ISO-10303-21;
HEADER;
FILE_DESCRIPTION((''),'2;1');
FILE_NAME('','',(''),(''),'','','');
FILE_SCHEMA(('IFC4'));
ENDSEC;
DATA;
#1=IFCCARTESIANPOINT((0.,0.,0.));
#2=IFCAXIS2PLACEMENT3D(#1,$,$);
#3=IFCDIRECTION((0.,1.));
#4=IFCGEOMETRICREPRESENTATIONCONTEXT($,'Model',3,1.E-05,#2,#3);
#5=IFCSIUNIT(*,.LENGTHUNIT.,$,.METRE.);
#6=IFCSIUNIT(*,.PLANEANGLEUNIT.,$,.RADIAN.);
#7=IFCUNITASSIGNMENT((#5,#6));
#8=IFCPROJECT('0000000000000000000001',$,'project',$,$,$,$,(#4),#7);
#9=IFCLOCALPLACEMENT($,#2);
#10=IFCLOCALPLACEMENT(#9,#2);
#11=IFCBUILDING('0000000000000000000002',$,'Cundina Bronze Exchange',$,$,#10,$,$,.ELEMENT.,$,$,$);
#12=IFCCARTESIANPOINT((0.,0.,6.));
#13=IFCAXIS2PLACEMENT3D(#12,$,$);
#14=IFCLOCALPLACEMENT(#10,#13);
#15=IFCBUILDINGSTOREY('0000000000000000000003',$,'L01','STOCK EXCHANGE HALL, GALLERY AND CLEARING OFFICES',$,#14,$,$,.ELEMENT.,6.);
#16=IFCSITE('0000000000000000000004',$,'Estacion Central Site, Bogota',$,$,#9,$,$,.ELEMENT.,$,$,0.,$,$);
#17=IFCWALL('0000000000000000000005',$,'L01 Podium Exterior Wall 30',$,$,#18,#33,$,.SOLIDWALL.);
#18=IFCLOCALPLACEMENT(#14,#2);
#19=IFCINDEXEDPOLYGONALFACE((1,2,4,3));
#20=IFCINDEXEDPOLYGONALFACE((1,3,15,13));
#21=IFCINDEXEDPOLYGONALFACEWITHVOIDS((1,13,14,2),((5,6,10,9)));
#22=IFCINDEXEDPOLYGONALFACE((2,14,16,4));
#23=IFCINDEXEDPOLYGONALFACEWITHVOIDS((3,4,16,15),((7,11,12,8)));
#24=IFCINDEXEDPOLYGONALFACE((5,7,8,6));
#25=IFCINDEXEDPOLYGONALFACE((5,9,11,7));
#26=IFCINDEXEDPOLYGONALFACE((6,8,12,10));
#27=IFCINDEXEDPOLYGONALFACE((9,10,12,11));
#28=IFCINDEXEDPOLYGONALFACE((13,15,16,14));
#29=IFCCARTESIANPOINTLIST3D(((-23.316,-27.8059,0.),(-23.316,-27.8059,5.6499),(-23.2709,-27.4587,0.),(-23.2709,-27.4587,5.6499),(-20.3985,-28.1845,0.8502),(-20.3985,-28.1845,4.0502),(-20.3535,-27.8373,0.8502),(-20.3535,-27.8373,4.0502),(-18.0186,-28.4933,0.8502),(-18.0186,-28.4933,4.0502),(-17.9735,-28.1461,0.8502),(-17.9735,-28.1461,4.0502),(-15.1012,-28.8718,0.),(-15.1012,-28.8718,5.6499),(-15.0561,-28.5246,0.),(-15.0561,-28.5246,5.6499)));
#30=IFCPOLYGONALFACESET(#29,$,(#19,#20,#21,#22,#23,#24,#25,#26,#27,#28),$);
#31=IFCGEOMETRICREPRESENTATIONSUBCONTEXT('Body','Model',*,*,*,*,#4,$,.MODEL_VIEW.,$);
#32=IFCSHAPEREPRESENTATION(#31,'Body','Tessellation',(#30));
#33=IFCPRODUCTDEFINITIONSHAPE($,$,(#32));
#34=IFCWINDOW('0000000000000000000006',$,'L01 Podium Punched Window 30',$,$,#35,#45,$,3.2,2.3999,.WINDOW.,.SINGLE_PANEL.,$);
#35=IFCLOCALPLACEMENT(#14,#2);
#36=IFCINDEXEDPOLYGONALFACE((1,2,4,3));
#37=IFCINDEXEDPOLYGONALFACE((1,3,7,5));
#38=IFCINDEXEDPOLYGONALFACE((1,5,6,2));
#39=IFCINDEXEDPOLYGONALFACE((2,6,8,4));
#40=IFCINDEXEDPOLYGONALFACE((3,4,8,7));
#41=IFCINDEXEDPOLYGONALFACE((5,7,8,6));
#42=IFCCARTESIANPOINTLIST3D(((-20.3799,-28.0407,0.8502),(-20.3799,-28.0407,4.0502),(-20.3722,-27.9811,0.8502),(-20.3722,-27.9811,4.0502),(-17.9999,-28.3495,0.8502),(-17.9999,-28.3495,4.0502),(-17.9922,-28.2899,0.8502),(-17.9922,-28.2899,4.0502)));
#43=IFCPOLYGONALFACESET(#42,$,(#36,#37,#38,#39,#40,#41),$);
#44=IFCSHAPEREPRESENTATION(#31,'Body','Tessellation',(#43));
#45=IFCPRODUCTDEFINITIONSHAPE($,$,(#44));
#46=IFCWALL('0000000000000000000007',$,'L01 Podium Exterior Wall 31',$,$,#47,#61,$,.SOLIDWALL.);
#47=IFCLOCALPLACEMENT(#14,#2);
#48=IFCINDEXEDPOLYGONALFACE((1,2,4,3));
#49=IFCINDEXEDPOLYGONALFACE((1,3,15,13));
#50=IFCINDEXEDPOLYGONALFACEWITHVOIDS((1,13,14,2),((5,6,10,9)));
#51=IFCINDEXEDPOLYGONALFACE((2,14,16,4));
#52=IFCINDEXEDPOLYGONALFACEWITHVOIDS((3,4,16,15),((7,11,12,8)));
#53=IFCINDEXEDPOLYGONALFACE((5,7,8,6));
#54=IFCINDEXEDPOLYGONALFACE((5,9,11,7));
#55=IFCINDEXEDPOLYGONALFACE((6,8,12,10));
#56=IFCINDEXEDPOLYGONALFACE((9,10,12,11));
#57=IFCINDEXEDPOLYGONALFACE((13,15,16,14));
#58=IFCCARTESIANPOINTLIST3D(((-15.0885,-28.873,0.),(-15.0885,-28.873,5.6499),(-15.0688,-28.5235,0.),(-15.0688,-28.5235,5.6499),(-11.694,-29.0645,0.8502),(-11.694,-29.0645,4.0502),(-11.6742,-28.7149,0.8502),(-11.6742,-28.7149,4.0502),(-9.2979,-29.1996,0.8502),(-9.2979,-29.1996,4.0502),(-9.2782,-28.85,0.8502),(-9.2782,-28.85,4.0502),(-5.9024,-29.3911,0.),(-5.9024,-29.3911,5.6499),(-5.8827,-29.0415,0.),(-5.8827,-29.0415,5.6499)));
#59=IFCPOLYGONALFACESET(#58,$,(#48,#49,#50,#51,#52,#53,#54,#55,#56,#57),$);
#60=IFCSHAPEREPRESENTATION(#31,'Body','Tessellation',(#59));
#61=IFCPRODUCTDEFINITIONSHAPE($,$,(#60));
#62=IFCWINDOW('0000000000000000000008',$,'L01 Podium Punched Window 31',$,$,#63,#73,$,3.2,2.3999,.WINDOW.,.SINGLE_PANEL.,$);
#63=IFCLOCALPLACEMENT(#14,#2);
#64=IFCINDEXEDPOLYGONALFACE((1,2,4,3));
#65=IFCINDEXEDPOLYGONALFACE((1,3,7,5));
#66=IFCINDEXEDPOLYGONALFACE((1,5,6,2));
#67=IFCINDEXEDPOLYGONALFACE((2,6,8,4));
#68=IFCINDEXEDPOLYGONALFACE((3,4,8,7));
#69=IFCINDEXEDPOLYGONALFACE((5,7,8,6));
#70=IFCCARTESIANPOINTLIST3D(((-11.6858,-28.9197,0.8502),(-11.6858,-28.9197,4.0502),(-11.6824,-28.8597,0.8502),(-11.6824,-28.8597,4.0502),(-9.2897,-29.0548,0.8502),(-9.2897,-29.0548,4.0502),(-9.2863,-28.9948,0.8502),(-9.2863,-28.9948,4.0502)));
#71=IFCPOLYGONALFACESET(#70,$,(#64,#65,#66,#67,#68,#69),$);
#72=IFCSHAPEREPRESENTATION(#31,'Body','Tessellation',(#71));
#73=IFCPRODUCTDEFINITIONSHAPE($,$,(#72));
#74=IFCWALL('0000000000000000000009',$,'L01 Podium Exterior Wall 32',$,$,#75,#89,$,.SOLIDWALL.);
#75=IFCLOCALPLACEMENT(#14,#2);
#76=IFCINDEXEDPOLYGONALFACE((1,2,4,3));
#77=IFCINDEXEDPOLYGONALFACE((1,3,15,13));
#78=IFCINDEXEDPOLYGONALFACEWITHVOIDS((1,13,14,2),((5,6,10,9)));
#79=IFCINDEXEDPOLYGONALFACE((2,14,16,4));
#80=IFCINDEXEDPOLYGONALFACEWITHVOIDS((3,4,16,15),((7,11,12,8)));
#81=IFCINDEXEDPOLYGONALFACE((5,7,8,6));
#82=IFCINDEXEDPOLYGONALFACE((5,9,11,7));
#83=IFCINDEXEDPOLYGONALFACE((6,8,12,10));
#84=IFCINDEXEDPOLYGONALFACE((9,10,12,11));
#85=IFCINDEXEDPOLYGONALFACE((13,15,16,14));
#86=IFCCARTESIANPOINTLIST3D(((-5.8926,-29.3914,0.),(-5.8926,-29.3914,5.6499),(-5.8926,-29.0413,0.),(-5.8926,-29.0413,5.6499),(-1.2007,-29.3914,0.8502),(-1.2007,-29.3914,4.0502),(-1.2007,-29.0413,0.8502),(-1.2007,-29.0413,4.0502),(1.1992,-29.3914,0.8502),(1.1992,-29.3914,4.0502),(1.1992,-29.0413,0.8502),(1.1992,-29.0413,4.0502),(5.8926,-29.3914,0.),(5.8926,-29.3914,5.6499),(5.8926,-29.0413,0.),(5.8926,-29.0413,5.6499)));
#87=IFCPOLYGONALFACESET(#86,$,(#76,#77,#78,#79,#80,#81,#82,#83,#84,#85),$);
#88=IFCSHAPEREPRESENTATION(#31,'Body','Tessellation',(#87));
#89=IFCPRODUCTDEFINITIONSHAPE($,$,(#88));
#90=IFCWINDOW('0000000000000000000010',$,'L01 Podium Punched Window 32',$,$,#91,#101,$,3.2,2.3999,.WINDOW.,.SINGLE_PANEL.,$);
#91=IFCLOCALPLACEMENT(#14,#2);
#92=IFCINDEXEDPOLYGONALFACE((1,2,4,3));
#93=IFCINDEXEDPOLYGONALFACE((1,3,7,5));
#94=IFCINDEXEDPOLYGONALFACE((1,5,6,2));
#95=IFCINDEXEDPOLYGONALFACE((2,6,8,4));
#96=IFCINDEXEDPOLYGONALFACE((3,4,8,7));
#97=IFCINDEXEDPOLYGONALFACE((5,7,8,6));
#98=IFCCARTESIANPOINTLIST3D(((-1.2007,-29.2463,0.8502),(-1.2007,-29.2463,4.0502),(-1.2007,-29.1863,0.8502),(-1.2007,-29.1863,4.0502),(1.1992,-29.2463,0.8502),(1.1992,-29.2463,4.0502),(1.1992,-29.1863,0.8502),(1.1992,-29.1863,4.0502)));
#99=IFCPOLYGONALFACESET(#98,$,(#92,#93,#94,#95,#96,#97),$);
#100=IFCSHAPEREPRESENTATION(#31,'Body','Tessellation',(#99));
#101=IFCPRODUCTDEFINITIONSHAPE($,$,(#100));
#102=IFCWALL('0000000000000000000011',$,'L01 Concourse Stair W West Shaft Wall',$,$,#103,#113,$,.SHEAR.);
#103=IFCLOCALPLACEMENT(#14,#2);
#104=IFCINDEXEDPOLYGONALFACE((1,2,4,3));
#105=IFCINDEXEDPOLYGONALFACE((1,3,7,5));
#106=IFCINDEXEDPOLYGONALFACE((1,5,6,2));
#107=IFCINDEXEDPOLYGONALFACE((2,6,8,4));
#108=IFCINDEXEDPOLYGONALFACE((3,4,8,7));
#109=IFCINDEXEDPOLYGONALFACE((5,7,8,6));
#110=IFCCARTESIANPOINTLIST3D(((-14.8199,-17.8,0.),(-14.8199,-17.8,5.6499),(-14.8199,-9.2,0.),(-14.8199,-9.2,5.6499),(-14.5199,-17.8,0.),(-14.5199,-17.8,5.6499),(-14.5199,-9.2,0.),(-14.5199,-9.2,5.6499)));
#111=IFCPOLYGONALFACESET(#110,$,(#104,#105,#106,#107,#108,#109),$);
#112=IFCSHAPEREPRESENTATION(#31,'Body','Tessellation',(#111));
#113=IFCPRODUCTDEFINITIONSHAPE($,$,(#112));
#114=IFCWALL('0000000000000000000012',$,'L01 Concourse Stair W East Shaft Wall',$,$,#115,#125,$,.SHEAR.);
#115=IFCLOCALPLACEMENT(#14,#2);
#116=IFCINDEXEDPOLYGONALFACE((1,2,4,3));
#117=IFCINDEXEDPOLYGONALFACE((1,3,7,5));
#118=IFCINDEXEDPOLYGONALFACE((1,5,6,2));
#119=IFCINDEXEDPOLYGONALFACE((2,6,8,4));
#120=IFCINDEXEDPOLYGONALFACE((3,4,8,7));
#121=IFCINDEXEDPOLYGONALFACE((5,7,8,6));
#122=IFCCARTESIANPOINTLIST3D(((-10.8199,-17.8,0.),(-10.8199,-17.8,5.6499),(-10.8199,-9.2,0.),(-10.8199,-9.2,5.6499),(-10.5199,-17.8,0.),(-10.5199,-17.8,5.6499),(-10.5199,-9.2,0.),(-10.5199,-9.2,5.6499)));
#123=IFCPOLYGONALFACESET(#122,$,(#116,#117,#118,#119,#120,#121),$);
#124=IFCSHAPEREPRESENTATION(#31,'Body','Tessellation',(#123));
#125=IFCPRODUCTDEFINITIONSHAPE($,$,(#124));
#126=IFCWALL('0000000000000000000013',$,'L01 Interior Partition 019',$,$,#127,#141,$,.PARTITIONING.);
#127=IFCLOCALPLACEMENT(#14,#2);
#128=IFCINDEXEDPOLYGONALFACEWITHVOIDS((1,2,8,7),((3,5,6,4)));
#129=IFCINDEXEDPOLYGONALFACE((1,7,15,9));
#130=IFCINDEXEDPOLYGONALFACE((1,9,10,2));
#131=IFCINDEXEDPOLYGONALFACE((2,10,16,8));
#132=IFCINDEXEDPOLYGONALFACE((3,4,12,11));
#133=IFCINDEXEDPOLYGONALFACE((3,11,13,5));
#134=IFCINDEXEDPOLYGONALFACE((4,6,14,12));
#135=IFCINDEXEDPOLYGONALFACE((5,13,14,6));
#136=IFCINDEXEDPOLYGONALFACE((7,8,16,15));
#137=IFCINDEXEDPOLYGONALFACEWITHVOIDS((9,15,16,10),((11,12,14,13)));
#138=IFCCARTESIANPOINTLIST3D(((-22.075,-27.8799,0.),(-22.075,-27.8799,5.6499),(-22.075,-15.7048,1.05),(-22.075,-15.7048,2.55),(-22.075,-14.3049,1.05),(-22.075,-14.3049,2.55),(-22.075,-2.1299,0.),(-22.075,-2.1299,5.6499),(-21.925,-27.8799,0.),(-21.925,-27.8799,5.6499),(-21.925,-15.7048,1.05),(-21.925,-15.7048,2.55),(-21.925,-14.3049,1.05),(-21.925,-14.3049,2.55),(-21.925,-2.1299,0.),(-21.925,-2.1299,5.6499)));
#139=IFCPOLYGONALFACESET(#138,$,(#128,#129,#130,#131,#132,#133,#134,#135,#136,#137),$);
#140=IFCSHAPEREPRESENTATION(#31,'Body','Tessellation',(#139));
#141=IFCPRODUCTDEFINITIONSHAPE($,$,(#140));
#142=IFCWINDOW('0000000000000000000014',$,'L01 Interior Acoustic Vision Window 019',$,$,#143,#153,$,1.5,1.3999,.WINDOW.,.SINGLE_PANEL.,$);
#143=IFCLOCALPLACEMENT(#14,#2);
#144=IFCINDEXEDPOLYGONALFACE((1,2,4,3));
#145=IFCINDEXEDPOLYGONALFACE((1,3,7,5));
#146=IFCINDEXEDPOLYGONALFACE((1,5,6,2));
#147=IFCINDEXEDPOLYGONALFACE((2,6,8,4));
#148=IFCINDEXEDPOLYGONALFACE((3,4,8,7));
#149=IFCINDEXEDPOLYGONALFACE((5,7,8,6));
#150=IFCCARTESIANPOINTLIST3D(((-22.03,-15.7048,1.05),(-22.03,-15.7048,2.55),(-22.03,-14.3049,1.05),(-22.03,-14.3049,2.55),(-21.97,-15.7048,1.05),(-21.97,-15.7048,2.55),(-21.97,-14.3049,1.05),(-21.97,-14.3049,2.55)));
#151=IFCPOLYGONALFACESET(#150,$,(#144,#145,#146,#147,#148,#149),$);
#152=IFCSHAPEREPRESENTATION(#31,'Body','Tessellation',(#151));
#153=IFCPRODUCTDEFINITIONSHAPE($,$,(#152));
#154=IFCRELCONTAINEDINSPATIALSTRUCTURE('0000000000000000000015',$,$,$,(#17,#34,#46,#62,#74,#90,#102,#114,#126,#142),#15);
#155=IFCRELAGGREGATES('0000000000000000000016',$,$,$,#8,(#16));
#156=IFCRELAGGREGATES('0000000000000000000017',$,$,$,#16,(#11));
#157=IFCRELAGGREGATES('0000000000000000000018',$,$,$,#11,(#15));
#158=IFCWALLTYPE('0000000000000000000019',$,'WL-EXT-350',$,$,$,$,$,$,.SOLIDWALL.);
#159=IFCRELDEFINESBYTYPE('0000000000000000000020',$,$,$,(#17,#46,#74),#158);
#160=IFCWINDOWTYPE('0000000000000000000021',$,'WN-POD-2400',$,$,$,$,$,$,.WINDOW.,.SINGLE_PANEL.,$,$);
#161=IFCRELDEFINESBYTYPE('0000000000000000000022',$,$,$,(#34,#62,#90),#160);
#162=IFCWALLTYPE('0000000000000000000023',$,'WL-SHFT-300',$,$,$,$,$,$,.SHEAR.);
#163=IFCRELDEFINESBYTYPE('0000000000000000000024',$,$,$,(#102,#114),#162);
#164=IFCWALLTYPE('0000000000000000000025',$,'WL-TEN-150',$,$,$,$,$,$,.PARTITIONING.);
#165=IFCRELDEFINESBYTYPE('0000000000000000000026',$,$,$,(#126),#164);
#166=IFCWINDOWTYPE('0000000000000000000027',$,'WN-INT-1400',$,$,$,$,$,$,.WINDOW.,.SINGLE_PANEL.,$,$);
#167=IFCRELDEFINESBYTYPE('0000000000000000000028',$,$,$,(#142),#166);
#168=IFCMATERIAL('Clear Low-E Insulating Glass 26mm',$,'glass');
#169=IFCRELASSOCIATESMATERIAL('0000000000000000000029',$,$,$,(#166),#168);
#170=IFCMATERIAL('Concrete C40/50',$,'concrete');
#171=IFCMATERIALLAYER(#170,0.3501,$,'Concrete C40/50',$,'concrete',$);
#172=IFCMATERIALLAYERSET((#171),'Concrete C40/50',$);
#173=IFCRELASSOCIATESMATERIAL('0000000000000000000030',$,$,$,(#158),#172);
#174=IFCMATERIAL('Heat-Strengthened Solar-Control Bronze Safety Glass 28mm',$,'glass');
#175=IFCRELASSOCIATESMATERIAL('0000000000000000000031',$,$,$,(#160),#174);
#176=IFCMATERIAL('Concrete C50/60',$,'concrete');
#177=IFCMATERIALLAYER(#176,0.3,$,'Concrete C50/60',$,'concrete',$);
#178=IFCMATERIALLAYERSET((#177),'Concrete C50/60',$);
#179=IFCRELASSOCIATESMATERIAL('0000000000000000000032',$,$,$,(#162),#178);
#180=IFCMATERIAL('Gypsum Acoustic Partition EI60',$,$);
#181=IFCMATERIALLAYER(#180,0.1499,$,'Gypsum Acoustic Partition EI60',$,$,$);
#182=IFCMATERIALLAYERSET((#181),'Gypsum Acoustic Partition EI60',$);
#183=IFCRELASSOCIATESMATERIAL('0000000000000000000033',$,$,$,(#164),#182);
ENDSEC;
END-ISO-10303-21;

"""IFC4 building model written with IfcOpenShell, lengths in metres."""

from ifc_helpers import new_model, si_unit, direction, frame, frame_2d, origin, place, context, subcontext, project, spatial, rectangle, extrude, material, layer, layer_set, type_object, element, fill, save


model = new_model("IFC4")

# Units and contexts
model_context = context("Model", 3, precision=1e-05, world=origin(), true_north=direction((0.0, 1.0)))
body_context = subcontext(model_context, "Body", "Model", "MODEL_VIEW")
ifc_project = project(units=[si_unit("LENGTHUNIT", "METRE"), si_unit("PLANEANGLEUNIT", "RADIAN")], contexts=[model_context])

# Site, building, storey
site_placement = place(None, origin())
site = spatial("IfcSite", under=ifc_project, at=site_placement, Name="Estacion Central Site, Bogota", CompositionType="ELEMENT", RefElevation=0.0)
building_placement = place(site_placement, origin())
building = spatial("IfcBuilding", under=site, at=building_placement, Name="Cundina Bronze Exchange", CompositionType="ELEMENT")
storey_placement = place(building_placement, frame((0.0, 0.0, 6.0)))
storey = spatial("IfcBuildingStorey", under=building, at=storey_placement, Name="L01", Description="STOCK EXCHANGE HALL, GALLERY AND CLEARING OFFICES", CompositionType="ELEMENT", Elevation=6.0)

# Shared definitions
ifc_material_1 = material(Name="Heat-Strengthened Solar-Control Bronze Safety Glass 28mm", Category="glass")

# Walls, openings, windows
ifc_material_2 = material(Name="Clear Low-E Insulating Glass 26mm", Category="glass")
window_type_1 = type_object("IfcWindowType", Name="WN-INT-1400", PartitioningType="SINGLE_PANEL", PredefinedType="WINDOW", material=ifc_material_2)
ifc_material_3 = material(Name="Concrete C40/50", Category="concrete")
ifc_layer_1 = layer(ifc_material_3, 0.3501, Name="Concrete C40/50", Category="concrete")
ifc_layer_set_1 = layer_set([ifc_layer_1], Name="Concrete C40/50")
wall_type_1 = type_object("IfcWallType", Name="WL-EXT-350", PredefinedType="SOLIDWALL", material=ifc_layer_set_1)
wall_1_placement = place(storey_placement, frame((-23.2935, -27.6323, 0.0), z_axis=(0.0, 0.0, 1.0), x_axis=(0.991687, -0.128676, 0.0)))
wall_1 = element("IfcWall", 1, at=wall_1_placement, inside=storey, type_object=wall_type_1, Name="L01 Podium Exterior Wall 30", PredefinedType="SOLIDWALL", context=body_context, shape_type="SweptSolid", body=[
    extrude(rectangle(XDim=8.2837, YDim=0.3501, at=frame_2d((4.1418, 0.0))), origin(), (0.0, 0.0, 1.0), 5.6499),
])
opening_1_placement = place(wall_1_placement, frame((2.9419, 0.0, 0.8501)))
opening_1 = element("IfcOpeningElement", 2, at=opening_1_placement, cuts=wall_1, PredefinedType="OPENING", context=body_context, shape_type="SweptSolid", body=[
    extrude(rectangle(XDim=2.3999, YDim=3.2, at=frame_2d((1.2, 1.6001))), frame((0.0, 0.1851, 0.0), z_axis=(0.0, -1.0, 0.0), x_axis=(1.0, 0.0, 0.0)), (0.0, 0.0, 1.0), 0.3701),
])
window_type_2 = type_object("IfcWindowType", Name="WN-POD-2400", PartitioningType="SINGLE_PANEL", PredefinedType="WINDOW", material=ifc_material_1)
window_1_placement = place(opening_1_placement, origin())
window_1 = element("IfcWindow", 3, at=window_1_placement, inside=storey, type_object=window_type_2, Name="L01 Podium Punched Window 30", OverallHeight=3.2, OverallWidth=2.3999, PartitioningType="SINGLE_PANEL", PredefinedType="WINDOW", context=body_context, shape_type="SweptSolid", body=[
    extrude(rectangle(XDim=2.3999, YDim=3.2, at=frame_2d((1.2, 1.6001))), frame((0.0, 0.03, 0.0), z_axis=(0.0, -1.0, 0.0), x_axis=(1.0, 0.0, 0.0)), (0.0, 0.0, 1.0), 0.0601),
])
fill(opening_1, window_1)
wall_2_placement = place(storey_placement, frame((-15.0786, -28.6982, 0.0), z_axis=(0.0, 0.0, 1.0), x_axis=(0.998413, -0.056308, 0.0)))
wall_2 = element("IfcWall", 4, at=wall_2_placement, inside=storey, type_object=wall_type_1, Name="L01 Podium Exterior Wall 31", PredefinedType="SOLIDWALL", context=body_context, shape_type="SweptSolid", body=[
    extrude(rectangle(XDim=9.2007, YDim=0.3501, at=frame_2d((4.6003, 0.0))), origin(), (0.0, 0.0, 1.0), 5.6499),
])
opening_2_placement = place(wall_2_placement, frame((3.3999, 0.0, 0.8501)))
opening_2 = element("IfcOpeningElement", 5, at=opening_2_placement, cuts=wall_2, PredefinedType="OPENING", context=body_context, shape_type="SweptSolid", body=[
    extrude(rectangle(XDim=2.3999, YDim=3.2, at=frame_2d((1.2, 1.6001))), frame((0.0, 0.1851, 0.0), z_axis=(0.0, -1.0, 0.0), x_axis=(1.0, 0.0, 0.0)), (0.0, 0.0, 1.0), 0.3701),
])
window_2_placement = place(opening_2_placement, origin())
window_2 = element("IfcWindow", 6, at=window_2_placement, inside=storey, type_object=window_type_2, Name="L01 Podium Punched Window 31", OverallHeight=3.2, OverallWidth=2.3999, PartitioningType="SINGLE_PANEL", PredefinedType="WINDOW", context=body_context, shape_type="SweptSolid", body=[
    extrude(rectangle(XDim=2.3999, YDim=3.2, at=frame_2d((1.2, 1.6001))), frame((0.0, 0.03, 0.0), z_axis=(0.0, -1.0, 0.0), x_axis=(1.0, 0.0, 0.0)), (0.0, 0.0, 1.0), 0.0601),
])
fill(opening_2, window_2)
wall_3_placement = place(storey_placement, frame((-5.8926, -29.2163, 0.0), z_axis=(0.0, 0.0, 1.0), x_axis=(1.0, 0.0, 0.0)))
wall_3 = element("IfcWall", 7, at=wall_3_placement, inside=storey, type_object=wall_type_1, Name="L01 Podium Exterior Wall 32", PredefinedType="SOLIDWALL", context=body_context, shape_type="SweptSolid", body=[
    extrude(rectangle(XDim=11.7852, YDim=0.3501, at=frame_2d((5.8926, 0.0))), origin(), (0.0, 0.0, 1.0), 5.6499),
])
opening_3_placement = place(wall_3_placement, frame((4.6919, 0.0, 0.8501)))
opening_3 = element("IfcOpeningElement", 8, at=opening_3_placement, cuts=wall_3, PredefinedType="OPENING", context=body_context, shape_type="SweptSolid", body=[
    extrude(rectangle(XDim=2.3999, YDim=3.2, at=frame_2d((1.2, 1.6001))), frame((0.0, 0.1851, 0.0), z_axis=(0.0, -1.0, 0.0), x_axis=(1.0, 0.0, 0.0)), (0.0, 0.0, 1.0), 0.3701),
])
window_3_placement = place(opening_3_placement, origin())
window_3 = element("IfcWindow", 9, at=window_3_placement, inside=storey, type_object=window_type_2, Name="L01 Podium Punched Window 32", OverallHeight=3.2, OverallWidth=2.3999, PartitioningType="SINGLE_PANEL", PredefinedType="WINDOW", context=body_context, shape_type="SweptSolid", body=[
    extrude(rectangle(XDim=2.3999, YDim=3.2, at=frame_2d((1.2, 1.6001))), frame((0.0, 0.03, 0.0), z_axis=(0.0, -1.0, 0.0), x_axis=(1.0, 0.0, 0.0)), (0.0, 0.0, 1.0), 0.0601),
])
fill(opening_3, window_3)

# Walls
ifc_material_4 = material(Name="Concrete C50/60", Category="concrete")
ifc_layer_2 = layer(ifc_material_4, 0.3, Name="Concrete C50/60", Category="concrete")
ifc_layer_set_2 = layer_set([ifc_layer_2], Name="Concrete C50/60")
wall_type_2 = type_object("IfcWallType", Name="WL-SHFT-300", PredefinedType="SHEAR", material=ifc_layer_set_2)
for number, where, z_axis, x_axis, name in (
    (10, (-14.6699, -17.8, 0.0), (0.0, 0.0, 1.0), (0.0, 1.0, 0.0), "L01 Concourse Stair W West Shaft Wall"),
    (11, (-10.6699, -17.8, 0.0), (0.0, 0.0, 1.0), (0.0, 1.0, 0.0), "L01 Concourse Stair W East Shaft Wall"),
):
    element("IfcWall", number, at=place(storey_placement, frame(where, z_axis=z_axis, x_axis=x_axis)), inside=storey, type_object=wall_type_2, Name=name, PredefinedType="SHEAR", context=body_context, shape_type="SweptSolid", body=[
        extrude(rectangle(XDim=8.6001, YDim=0.3, at=frame_2d((4.3, 0.0))), origin(), (0.0, 0.0, 1.0), 5.6499),
    ])

# Wall, opening, window
ifc_material_5 = material(Name="Gypsum Acoustic Partition EI60")
ifc_layer_3 = layer(ifc_material_5, 0.1499, Name="Gypsum Acoustic Partition EI60")
ifc_layer_set_3 = layer_set([ifc_layer_3], Name="Gypsum Acoustic Partition EI60")
wall_type_3 = type_object("IfcWallType", Name="WL-TEN-150", PredefinedType="PARTITIONING", material=ifc_layer_set_3)
wall_4_placement = place(storey_placement, frame((-22.0, -27.8799, 0.0), z_axis=(0.0, 0.0, 1.0), x_axis=(0.0, 1.0, 0.0)))
wall_4 = element("IfcWall", 12, at=wall_4_placement, inside=storey, type_object=wall_type_3, Name="L01 Interior Partition 019", PredefinedType="PARTITIONING", context=body_context, shape_type="SweptSolid", body=[
    extrude(rectangle(XDim=25.75, YDim=0.1499, at=frame_2d((12.875, 0.0))), origin(), (0.0, 0.0, 1.0), 5.6499),
])
opening_4_placement = place(wall_4_placement, frame((12.175, 0.0, 1.05)))
opening_4 = element("IfcOpeningElement", 13, at=opening_4_placement, cuts=wall_4, PredefinedType="OPENING", context=body_context, shape_type="SweptSolid", body=[
    extrude(rectangle(XDim=1.3999, YDim=1.5, at=frame_2d((0.7, 0.75))), frame((0.0, 0.085, 0.0), z_axis=(0.0, -1.0, 0.0), x_axis=(1.0, 0.0, 0.0)), (0.0, 0.0, 1.0), 0.1699),
])
window_4_placement = place(opening_4_placement, origin())
window_4 = element("IfcWindow", 14, at=window_4_placement, inside=storey, type_object=window_type_1, Name="L01 Interior Acoustic Vision Window 019", OverallHeight=1.5, OverallWidth=1.3999, PartitioningType="SINGLE_PANEL", PredefinedType="WINDOW", context=body_context, shape_type="SweptSolid", body=[
    extrude(rectangle(XDim=1.3999, YDim=1.5, at=frame_2d((0.7, 0.75))), frame((0.0, 0.03, 0.0), z_axis=(0.0, -1.0, 0.0), x_axis=(1.0, 0.0, 0.0)), (0.0, 0.0, 1.0), 0.0601),
])
fill(opening_4, window_4)

save(model, "model.ifc")
